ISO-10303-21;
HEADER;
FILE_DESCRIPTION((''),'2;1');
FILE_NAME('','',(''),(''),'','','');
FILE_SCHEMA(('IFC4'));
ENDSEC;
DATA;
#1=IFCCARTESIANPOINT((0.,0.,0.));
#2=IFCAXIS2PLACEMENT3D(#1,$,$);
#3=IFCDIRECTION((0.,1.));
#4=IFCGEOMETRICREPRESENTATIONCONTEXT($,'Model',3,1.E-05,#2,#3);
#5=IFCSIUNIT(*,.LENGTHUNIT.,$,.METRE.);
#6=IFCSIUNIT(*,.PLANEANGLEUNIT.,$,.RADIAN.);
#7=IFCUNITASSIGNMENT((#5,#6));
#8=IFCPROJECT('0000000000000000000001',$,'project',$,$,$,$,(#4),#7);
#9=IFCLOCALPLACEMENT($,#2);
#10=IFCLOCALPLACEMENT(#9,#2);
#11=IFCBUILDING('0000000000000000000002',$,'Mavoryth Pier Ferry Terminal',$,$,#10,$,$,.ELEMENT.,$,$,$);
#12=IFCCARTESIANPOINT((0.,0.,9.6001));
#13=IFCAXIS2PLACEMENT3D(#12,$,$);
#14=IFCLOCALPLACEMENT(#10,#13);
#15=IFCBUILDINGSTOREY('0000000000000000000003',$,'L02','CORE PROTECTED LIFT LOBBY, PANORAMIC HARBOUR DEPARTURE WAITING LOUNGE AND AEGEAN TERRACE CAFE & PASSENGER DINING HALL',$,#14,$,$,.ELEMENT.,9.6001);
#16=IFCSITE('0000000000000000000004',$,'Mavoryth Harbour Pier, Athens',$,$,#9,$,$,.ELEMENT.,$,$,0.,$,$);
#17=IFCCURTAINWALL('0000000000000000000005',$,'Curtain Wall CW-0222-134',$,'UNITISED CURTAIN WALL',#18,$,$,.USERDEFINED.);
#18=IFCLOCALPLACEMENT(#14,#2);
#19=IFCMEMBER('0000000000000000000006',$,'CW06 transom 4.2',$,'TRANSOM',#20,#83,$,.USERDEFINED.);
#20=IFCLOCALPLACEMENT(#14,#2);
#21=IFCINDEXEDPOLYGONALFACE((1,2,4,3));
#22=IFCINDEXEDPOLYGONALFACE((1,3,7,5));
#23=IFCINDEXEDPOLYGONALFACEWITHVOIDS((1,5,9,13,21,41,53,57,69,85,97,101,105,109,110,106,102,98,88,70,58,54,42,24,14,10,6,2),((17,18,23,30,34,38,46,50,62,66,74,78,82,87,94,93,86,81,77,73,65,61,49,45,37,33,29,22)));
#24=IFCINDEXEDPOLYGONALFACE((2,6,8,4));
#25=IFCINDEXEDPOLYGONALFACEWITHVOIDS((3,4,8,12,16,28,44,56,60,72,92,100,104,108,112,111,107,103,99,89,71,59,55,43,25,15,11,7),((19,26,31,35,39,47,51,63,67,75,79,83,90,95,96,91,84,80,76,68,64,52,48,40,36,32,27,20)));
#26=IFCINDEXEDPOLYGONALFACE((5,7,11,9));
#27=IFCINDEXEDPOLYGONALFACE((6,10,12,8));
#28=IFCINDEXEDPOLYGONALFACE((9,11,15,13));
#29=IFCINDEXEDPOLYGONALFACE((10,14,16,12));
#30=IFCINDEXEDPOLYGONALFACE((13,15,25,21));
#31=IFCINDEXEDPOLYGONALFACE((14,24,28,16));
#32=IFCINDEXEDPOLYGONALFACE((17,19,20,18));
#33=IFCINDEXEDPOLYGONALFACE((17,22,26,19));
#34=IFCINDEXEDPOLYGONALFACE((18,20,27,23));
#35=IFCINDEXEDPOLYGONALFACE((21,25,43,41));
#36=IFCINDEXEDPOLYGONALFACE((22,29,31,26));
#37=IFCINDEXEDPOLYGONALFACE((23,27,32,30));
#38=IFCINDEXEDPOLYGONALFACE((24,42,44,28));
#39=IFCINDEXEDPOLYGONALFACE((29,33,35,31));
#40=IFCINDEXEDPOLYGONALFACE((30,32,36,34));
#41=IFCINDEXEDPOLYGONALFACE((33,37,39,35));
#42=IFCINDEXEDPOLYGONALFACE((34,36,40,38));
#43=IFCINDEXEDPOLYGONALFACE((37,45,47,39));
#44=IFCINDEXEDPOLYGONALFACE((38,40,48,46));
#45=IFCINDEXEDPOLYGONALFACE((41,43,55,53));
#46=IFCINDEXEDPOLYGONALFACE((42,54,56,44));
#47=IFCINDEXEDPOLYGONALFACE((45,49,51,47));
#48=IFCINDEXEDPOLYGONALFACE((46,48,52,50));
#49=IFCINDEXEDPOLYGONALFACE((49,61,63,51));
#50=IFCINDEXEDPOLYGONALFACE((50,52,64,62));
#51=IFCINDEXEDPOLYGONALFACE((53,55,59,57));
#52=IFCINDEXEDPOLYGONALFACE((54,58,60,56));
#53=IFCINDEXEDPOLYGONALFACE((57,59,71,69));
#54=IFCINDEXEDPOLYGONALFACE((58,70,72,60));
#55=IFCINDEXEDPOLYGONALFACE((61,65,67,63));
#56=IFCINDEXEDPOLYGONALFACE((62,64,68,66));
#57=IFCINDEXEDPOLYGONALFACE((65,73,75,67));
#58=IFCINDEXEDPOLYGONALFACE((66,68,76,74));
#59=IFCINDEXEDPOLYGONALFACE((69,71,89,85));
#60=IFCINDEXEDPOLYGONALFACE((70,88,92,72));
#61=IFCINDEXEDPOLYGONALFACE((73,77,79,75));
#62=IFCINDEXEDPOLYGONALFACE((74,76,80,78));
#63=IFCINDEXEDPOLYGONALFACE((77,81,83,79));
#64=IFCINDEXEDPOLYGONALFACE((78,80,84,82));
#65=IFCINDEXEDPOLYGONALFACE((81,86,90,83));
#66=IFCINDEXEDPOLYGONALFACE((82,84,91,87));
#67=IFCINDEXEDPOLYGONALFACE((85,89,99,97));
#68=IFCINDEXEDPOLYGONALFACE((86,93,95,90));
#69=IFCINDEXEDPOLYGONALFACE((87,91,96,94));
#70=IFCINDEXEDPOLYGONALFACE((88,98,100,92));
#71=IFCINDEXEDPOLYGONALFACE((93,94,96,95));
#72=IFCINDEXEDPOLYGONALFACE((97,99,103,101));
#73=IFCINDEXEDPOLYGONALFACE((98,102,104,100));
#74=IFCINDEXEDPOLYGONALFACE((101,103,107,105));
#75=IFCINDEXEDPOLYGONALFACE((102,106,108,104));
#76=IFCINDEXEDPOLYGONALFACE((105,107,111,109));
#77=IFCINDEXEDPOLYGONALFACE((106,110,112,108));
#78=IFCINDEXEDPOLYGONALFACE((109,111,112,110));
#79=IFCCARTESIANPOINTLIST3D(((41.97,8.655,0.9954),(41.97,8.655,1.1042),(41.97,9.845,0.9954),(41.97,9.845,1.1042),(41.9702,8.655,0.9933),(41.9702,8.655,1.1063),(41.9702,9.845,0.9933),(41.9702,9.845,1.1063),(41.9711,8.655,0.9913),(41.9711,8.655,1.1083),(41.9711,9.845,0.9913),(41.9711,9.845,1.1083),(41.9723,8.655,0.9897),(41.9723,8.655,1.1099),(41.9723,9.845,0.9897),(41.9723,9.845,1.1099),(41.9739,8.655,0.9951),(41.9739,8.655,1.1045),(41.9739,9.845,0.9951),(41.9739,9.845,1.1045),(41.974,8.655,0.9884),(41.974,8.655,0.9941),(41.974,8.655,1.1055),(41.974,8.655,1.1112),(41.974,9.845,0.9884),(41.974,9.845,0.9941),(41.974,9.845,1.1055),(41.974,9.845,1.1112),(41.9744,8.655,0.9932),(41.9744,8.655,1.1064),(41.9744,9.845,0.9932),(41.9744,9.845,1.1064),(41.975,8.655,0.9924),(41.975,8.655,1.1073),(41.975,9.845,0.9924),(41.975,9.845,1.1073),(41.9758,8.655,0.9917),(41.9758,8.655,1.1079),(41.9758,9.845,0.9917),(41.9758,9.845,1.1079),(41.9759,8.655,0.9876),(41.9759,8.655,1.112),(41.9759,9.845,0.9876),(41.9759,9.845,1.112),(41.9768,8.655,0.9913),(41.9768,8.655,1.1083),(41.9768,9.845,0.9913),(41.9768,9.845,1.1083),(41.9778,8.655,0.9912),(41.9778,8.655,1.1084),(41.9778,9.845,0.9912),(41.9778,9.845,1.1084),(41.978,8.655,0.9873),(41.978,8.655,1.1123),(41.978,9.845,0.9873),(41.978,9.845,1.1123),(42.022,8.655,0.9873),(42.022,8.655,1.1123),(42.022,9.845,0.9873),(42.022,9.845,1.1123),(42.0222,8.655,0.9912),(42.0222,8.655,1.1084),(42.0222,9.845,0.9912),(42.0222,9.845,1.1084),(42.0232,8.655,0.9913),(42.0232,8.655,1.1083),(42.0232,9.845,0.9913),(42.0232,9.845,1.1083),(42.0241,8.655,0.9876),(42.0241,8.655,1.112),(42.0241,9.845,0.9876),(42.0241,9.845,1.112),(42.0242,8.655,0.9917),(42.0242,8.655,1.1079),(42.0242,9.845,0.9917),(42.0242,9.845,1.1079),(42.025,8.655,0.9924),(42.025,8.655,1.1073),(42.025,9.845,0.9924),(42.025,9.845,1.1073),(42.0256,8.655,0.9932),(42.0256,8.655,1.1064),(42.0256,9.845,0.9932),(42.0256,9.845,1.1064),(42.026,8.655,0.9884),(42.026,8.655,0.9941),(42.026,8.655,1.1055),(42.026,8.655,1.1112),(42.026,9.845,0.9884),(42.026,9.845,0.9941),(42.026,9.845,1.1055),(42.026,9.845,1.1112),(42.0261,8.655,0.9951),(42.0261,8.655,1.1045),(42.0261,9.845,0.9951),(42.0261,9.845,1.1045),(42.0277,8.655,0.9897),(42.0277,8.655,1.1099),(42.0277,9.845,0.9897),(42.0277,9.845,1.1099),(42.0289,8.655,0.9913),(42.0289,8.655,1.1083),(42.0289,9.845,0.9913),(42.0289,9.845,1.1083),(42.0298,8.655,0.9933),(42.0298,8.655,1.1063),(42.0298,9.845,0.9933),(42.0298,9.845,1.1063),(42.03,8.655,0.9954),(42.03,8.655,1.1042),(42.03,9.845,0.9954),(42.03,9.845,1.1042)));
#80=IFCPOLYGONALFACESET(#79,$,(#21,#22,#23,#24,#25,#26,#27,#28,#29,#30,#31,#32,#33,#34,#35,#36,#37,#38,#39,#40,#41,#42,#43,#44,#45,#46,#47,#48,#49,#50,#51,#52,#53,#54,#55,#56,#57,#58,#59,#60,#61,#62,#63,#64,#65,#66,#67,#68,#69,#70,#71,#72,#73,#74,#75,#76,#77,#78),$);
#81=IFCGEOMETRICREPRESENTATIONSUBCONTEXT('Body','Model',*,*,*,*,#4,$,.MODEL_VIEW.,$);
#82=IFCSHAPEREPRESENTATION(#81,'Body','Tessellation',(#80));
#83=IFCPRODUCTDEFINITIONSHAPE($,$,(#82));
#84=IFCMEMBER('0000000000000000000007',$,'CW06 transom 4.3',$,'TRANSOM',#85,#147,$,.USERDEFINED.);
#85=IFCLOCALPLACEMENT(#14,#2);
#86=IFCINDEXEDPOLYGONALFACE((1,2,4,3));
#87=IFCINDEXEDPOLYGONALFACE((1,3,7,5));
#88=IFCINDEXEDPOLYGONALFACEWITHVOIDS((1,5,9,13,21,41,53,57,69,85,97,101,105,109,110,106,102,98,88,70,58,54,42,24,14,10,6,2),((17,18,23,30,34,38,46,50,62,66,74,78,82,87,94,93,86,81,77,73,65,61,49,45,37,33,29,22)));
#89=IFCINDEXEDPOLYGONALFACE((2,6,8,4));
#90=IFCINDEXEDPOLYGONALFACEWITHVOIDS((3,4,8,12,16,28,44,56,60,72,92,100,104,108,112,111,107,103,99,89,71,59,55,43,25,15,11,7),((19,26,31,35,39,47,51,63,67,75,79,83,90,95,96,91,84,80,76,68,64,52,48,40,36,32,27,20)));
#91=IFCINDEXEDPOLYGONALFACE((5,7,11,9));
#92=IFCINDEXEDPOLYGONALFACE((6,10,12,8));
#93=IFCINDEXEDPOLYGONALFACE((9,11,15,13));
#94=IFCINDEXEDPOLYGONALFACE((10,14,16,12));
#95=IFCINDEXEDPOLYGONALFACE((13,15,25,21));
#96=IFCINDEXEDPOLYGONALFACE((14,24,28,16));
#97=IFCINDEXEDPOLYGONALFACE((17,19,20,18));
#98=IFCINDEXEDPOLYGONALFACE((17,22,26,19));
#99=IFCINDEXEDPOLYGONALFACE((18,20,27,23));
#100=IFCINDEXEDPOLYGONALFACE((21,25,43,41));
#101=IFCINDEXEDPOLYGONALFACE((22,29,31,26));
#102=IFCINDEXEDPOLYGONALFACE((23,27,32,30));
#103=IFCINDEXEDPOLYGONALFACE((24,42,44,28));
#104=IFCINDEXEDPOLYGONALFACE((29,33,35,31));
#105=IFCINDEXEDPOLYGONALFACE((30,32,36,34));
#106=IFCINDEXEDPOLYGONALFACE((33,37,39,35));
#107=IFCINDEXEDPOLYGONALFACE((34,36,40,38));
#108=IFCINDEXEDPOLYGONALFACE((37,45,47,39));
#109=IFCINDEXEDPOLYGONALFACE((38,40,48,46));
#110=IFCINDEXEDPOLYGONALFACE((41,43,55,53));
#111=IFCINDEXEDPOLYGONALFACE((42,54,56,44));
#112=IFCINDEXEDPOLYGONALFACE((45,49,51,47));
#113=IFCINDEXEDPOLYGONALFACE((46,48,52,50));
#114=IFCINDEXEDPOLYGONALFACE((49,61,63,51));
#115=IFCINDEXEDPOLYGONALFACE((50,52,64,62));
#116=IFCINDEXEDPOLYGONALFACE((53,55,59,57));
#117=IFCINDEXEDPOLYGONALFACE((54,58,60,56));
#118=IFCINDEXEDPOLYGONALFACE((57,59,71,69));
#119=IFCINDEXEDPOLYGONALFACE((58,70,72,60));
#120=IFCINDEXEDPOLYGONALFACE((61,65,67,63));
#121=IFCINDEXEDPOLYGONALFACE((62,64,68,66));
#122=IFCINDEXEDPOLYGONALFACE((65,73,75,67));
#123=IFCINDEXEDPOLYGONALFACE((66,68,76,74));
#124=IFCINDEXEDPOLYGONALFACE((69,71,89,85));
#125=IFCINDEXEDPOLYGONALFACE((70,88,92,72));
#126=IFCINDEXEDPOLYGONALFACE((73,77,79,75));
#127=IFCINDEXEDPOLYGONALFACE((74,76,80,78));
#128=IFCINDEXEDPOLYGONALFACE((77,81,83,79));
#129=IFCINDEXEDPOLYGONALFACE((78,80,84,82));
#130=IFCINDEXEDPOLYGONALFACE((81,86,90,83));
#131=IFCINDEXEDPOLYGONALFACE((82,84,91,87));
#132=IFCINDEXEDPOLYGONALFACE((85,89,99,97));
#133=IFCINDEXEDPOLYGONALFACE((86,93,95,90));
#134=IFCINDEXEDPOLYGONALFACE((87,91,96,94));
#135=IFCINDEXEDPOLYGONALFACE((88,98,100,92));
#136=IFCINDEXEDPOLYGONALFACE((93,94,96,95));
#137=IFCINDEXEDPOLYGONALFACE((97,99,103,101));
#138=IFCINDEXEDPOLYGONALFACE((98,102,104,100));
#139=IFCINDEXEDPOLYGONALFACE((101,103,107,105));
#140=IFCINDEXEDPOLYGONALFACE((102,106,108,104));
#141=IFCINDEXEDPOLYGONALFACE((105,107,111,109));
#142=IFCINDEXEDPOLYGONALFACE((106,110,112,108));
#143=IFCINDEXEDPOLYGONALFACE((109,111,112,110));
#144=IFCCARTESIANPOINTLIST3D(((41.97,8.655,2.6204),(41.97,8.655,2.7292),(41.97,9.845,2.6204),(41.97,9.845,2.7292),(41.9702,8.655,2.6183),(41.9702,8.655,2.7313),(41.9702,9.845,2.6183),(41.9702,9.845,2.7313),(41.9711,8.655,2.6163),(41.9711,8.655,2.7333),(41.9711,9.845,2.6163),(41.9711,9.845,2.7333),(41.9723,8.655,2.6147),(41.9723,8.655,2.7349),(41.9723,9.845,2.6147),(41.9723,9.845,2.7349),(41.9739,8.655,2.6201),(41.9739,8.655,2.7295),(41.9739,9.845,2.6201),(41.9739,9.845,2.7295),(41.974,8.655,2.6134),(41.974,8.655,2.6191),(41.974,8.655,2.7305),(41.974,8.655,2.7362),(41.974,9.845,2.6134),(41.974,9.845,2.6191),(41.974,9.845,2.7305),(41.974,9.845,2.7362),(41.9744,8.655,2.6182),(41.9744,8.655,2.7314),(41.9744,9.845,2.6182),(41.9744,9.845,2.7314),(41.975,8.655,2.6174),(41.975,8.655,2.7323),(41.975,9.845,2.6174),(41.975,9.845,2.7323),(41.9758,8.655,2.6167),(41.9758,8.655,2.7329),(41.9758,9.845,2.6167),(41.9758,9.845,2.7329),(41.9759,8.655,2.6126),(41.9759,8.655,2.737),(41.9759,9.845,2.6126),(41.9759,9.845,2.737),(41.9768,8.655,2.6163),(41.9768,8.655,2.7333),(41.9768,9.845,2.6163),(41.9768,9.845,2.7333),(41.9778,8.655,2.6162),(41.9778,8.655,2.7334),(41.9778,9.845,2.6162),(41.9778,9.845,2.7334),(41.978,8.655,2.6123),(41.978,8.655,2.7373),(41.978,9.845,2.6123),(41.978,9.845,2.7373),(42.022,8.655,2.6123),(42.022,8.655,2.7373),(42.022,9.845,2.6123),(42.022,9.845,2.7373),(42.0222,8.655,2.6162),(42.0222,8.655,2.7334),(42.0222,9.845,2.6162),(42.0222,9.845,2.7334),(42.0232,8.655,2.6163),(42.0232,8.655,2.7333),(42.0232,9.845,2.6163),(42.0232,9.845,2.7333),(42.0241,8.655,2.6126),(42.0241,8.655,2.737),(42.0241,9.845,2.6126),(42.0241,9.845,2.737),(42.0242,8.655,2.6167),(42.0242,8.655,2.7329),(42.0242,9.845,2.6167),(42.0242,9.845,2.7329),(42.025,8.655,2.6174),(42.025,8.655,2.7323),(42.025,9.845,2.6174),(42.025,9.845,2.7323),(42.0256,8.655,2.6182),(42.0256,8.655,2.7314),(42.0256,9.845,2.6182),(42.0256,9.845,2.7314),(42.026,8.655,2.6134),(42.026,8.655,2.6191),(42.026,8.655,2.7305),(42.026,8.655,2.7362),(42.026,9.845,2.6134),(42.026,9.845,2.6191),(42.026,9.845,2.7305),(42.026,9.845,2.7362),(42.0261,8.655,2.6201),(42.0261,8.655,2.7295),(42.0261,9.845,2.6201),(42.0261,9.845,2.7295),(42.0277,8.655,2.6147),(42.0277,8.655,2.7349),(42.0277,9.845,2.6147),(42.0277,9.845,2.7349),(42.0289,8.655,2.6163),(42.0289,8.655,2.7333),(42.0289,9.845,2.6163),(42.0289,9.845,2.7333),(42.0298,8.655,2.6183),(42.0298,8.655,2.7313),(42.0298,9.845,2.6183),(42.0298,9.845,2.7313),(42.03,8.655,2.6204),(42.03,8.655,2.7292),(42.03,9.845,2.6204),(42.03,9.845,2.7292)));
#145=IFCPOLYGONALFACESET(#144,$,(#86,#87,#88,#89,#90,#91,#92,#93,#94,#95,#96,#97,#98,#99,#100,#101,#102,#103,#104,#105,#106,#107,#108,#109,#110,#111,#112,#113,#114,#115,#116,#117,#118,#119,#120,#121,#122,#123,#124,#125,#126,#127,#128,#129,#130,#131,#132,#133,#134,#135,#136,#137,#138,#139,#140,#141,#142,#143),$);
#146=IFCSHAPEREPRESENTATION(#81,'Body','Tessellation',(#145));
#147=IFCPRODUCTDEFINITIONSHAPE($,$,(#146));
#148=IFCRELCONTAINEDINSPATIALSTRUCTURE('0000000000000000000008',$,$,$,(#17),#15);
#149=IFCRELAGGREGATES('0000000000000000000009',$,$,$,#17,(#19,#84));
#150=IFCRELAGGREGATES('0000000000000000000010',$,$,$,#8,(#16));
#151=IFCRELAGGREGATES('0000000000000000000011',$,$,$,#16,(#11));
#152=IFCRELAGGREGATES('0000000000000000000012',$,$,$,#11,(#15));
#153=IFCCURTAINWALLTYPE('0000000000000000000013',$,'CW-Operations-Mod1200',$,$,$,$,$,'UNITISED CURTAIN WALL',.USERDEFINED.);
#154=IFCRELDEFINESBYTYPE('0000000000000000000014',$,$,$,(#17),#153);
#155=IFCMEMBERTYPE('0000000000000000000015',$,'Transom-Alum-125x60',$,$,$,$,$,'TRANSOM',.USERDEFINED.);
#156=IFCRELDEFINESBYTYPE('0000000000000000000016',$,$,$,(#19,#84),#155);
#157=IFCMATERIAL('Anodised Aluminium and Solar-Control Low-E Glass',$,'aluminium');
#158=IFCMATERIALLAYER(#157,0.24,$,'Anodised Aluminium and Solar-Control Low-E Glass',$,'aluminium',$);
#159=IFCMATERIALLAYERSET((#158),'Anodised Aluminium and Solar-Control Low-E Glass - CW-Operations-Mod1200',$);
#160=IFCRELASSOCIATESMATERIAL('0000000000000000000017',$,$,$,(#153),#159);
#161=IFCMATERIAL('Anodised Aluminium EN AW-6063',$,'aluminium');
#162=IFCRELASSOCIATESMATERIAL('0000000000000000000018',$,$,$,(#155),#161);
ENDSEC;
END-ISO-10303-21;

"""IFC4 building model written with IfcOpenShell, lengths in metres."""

from ifc_helpers import new_model, si_unit, direction, frame, origin, origin_2d, place, context, subcontext, project, spatial, hollow_rectangle, extrude, material, layer, layer_set, material_profile, profile_set, type_object, element, aggregate, save


model = new_model("IFC4")

# Units and contexts
model_context = context("Model", 3, precision=1e-05, world=origin(), true_north=direction((0.0, 1.0)))
body_context = subcontext(model_context, "Body", "Model", "MODEL_VIEW")
ifc_project = project(units=[si_unit("LENGTHUNIT", "METRE"), si_unit("PLANEANGLEUNIT", "RADIAN")], contexts=[model_context])

# Site, building, storey
site_placement = place(None, origin())
site = spatial("IfcSite", under=ifc_project, at=site_placement, Name="Mavoryth Harbour Pier, Athens", CompositionType="ELEMENT", RefElevation=0.0)
building_placement = place(site_placement, origin())
building = spatial("IfcBuilding", under=site, at=building_placement, Name="Mavoryth Pier Ferry Terminal", CompositionType="ELEMENT")
storey_placement = place(building_placement, frame((0.0, 0.0, 9.6001)))
storey = spatial("IfcBuildingStorey", under=building, at=storey_placement, Name="L02", Description="CORE PROTECTED LIFT LOBBY, PANORAMIC HARBOUR DEPARTURE WAITING LOUNGE AND AEGEAN TERRACE CAFE & PASSENGER DINING HALL", CompositionType="ELEMENT", Elevation=9.6001)

# Curtain wall
ifc_material_1 = material(Name="Anodised Aluminium and Solar-Control Low-E Glass", Category="aluminium")
ifc_layer_1 = layer(ifc_material_1, 0.24, Name="Anodised Aluminium and Solar-Control Low-E Glass", Category="aluminium")
ifc_layer_set_1 = layer_set([ifc_layer_1], Name="Anodised Aluminium and Solar-Control Low-E Glass - CW-Operations-Mod1200")
curtain_wall_type = type_object("IfcCurtainWallType", Name="CW-Operations-Mod1200", ElementType="UNITISED CURTAIN WALL", PredefinedType="USERDEFINED", material=ifc_layer_set_1)
ifc_material_2 = material(Name="Anodised Aluminium EN AW-6063", Category="aluminium")
curtain_wall_1_placement = place(storey_placement, origin())
curtain_wall_1 = element("IfcCurtainWall", 1, at=curtain_wall_1_placement, inside=storey, type_object=curtain_wall_type, Name="Curtain Wall CW-0222-134", ObjectType="UNITISED CURTAIN WALL", PredefinedType="USERDEFINED")

# Members
ifc_material_profile_1 = material_profile(ifc_material_2, hollow_rectangle(XDim=0.0601, YDim=0.125, WallThickness=0.0039, InnerFilletRadius=0.0039, OuterFilletRadius=0.0081, at=origin_2d()), Name="AL-TRAN 125x60x4", Category="aluminium")
ifc_profile_set_1 = profile_set([ifc_material_profile_1], Name="Anodised Aluminium EN AW-6063 - AL-TRAN 125x60x4")
member_type_1 = type_object("IfcMemberType", Name="Transom-Alum-125x60", ElementType="TRANSOM", PredefinedType="USERDEFINED", material=ifc_profile_set_1)
member_1_placement = place(storey_placement, frame((42.0, 9.845, 1.0498), z_axis=(0.0, -1.0, 0.0), x_axis=(1.0, 0.0, 0.0)))
member_1 = element("IfcMember", 2, at=member_1_placement, type_object=member_type_1, Name="CW06 transom 4.2", ObjectType="TRANSOM", PredefinedType="USERDEFINED", context=body_context, shape_type="SweptSolid", body=[
    extrude(hollow_rectangle(XDim=0.0601, YDim=0.125, WallThickness=0.0039, InnerFilletRadius=0.0039, OuterFilletRadius=0.0081, at=origin_2d()), origin(), (0.0, 0.0, 1.0), 1.1899),
])
member_2_placement = place(storey_placement, frame((42.0, 9.845, 2.6748), z_axis=(0.0, -1.0, 0.0), x_axis=(1.0, 0.0, 0.0)))
member_2 = element("IfcMember", 3, at=member_2_placement, type_object=member_type_1, Name="CW06 transom 4.3", ObjectType="TRANSOM", PredefinedType="USERDEFINED", context=body_context, shape_type="SweptSolid", body=[
    extrude(hollow_rectangle(XDim=0.0601, YDim=0.125, WallThickness=0.0039, InnerFilletRadius=0.0039, OuterFilletRadius=0.0081, at=origin_2d()), origin(), (0.0, 0.0, 1.0), 1.1899),
])

aggregate(curtain_wall_1, [member_1, member_2])

save(model, "model.ifc")
